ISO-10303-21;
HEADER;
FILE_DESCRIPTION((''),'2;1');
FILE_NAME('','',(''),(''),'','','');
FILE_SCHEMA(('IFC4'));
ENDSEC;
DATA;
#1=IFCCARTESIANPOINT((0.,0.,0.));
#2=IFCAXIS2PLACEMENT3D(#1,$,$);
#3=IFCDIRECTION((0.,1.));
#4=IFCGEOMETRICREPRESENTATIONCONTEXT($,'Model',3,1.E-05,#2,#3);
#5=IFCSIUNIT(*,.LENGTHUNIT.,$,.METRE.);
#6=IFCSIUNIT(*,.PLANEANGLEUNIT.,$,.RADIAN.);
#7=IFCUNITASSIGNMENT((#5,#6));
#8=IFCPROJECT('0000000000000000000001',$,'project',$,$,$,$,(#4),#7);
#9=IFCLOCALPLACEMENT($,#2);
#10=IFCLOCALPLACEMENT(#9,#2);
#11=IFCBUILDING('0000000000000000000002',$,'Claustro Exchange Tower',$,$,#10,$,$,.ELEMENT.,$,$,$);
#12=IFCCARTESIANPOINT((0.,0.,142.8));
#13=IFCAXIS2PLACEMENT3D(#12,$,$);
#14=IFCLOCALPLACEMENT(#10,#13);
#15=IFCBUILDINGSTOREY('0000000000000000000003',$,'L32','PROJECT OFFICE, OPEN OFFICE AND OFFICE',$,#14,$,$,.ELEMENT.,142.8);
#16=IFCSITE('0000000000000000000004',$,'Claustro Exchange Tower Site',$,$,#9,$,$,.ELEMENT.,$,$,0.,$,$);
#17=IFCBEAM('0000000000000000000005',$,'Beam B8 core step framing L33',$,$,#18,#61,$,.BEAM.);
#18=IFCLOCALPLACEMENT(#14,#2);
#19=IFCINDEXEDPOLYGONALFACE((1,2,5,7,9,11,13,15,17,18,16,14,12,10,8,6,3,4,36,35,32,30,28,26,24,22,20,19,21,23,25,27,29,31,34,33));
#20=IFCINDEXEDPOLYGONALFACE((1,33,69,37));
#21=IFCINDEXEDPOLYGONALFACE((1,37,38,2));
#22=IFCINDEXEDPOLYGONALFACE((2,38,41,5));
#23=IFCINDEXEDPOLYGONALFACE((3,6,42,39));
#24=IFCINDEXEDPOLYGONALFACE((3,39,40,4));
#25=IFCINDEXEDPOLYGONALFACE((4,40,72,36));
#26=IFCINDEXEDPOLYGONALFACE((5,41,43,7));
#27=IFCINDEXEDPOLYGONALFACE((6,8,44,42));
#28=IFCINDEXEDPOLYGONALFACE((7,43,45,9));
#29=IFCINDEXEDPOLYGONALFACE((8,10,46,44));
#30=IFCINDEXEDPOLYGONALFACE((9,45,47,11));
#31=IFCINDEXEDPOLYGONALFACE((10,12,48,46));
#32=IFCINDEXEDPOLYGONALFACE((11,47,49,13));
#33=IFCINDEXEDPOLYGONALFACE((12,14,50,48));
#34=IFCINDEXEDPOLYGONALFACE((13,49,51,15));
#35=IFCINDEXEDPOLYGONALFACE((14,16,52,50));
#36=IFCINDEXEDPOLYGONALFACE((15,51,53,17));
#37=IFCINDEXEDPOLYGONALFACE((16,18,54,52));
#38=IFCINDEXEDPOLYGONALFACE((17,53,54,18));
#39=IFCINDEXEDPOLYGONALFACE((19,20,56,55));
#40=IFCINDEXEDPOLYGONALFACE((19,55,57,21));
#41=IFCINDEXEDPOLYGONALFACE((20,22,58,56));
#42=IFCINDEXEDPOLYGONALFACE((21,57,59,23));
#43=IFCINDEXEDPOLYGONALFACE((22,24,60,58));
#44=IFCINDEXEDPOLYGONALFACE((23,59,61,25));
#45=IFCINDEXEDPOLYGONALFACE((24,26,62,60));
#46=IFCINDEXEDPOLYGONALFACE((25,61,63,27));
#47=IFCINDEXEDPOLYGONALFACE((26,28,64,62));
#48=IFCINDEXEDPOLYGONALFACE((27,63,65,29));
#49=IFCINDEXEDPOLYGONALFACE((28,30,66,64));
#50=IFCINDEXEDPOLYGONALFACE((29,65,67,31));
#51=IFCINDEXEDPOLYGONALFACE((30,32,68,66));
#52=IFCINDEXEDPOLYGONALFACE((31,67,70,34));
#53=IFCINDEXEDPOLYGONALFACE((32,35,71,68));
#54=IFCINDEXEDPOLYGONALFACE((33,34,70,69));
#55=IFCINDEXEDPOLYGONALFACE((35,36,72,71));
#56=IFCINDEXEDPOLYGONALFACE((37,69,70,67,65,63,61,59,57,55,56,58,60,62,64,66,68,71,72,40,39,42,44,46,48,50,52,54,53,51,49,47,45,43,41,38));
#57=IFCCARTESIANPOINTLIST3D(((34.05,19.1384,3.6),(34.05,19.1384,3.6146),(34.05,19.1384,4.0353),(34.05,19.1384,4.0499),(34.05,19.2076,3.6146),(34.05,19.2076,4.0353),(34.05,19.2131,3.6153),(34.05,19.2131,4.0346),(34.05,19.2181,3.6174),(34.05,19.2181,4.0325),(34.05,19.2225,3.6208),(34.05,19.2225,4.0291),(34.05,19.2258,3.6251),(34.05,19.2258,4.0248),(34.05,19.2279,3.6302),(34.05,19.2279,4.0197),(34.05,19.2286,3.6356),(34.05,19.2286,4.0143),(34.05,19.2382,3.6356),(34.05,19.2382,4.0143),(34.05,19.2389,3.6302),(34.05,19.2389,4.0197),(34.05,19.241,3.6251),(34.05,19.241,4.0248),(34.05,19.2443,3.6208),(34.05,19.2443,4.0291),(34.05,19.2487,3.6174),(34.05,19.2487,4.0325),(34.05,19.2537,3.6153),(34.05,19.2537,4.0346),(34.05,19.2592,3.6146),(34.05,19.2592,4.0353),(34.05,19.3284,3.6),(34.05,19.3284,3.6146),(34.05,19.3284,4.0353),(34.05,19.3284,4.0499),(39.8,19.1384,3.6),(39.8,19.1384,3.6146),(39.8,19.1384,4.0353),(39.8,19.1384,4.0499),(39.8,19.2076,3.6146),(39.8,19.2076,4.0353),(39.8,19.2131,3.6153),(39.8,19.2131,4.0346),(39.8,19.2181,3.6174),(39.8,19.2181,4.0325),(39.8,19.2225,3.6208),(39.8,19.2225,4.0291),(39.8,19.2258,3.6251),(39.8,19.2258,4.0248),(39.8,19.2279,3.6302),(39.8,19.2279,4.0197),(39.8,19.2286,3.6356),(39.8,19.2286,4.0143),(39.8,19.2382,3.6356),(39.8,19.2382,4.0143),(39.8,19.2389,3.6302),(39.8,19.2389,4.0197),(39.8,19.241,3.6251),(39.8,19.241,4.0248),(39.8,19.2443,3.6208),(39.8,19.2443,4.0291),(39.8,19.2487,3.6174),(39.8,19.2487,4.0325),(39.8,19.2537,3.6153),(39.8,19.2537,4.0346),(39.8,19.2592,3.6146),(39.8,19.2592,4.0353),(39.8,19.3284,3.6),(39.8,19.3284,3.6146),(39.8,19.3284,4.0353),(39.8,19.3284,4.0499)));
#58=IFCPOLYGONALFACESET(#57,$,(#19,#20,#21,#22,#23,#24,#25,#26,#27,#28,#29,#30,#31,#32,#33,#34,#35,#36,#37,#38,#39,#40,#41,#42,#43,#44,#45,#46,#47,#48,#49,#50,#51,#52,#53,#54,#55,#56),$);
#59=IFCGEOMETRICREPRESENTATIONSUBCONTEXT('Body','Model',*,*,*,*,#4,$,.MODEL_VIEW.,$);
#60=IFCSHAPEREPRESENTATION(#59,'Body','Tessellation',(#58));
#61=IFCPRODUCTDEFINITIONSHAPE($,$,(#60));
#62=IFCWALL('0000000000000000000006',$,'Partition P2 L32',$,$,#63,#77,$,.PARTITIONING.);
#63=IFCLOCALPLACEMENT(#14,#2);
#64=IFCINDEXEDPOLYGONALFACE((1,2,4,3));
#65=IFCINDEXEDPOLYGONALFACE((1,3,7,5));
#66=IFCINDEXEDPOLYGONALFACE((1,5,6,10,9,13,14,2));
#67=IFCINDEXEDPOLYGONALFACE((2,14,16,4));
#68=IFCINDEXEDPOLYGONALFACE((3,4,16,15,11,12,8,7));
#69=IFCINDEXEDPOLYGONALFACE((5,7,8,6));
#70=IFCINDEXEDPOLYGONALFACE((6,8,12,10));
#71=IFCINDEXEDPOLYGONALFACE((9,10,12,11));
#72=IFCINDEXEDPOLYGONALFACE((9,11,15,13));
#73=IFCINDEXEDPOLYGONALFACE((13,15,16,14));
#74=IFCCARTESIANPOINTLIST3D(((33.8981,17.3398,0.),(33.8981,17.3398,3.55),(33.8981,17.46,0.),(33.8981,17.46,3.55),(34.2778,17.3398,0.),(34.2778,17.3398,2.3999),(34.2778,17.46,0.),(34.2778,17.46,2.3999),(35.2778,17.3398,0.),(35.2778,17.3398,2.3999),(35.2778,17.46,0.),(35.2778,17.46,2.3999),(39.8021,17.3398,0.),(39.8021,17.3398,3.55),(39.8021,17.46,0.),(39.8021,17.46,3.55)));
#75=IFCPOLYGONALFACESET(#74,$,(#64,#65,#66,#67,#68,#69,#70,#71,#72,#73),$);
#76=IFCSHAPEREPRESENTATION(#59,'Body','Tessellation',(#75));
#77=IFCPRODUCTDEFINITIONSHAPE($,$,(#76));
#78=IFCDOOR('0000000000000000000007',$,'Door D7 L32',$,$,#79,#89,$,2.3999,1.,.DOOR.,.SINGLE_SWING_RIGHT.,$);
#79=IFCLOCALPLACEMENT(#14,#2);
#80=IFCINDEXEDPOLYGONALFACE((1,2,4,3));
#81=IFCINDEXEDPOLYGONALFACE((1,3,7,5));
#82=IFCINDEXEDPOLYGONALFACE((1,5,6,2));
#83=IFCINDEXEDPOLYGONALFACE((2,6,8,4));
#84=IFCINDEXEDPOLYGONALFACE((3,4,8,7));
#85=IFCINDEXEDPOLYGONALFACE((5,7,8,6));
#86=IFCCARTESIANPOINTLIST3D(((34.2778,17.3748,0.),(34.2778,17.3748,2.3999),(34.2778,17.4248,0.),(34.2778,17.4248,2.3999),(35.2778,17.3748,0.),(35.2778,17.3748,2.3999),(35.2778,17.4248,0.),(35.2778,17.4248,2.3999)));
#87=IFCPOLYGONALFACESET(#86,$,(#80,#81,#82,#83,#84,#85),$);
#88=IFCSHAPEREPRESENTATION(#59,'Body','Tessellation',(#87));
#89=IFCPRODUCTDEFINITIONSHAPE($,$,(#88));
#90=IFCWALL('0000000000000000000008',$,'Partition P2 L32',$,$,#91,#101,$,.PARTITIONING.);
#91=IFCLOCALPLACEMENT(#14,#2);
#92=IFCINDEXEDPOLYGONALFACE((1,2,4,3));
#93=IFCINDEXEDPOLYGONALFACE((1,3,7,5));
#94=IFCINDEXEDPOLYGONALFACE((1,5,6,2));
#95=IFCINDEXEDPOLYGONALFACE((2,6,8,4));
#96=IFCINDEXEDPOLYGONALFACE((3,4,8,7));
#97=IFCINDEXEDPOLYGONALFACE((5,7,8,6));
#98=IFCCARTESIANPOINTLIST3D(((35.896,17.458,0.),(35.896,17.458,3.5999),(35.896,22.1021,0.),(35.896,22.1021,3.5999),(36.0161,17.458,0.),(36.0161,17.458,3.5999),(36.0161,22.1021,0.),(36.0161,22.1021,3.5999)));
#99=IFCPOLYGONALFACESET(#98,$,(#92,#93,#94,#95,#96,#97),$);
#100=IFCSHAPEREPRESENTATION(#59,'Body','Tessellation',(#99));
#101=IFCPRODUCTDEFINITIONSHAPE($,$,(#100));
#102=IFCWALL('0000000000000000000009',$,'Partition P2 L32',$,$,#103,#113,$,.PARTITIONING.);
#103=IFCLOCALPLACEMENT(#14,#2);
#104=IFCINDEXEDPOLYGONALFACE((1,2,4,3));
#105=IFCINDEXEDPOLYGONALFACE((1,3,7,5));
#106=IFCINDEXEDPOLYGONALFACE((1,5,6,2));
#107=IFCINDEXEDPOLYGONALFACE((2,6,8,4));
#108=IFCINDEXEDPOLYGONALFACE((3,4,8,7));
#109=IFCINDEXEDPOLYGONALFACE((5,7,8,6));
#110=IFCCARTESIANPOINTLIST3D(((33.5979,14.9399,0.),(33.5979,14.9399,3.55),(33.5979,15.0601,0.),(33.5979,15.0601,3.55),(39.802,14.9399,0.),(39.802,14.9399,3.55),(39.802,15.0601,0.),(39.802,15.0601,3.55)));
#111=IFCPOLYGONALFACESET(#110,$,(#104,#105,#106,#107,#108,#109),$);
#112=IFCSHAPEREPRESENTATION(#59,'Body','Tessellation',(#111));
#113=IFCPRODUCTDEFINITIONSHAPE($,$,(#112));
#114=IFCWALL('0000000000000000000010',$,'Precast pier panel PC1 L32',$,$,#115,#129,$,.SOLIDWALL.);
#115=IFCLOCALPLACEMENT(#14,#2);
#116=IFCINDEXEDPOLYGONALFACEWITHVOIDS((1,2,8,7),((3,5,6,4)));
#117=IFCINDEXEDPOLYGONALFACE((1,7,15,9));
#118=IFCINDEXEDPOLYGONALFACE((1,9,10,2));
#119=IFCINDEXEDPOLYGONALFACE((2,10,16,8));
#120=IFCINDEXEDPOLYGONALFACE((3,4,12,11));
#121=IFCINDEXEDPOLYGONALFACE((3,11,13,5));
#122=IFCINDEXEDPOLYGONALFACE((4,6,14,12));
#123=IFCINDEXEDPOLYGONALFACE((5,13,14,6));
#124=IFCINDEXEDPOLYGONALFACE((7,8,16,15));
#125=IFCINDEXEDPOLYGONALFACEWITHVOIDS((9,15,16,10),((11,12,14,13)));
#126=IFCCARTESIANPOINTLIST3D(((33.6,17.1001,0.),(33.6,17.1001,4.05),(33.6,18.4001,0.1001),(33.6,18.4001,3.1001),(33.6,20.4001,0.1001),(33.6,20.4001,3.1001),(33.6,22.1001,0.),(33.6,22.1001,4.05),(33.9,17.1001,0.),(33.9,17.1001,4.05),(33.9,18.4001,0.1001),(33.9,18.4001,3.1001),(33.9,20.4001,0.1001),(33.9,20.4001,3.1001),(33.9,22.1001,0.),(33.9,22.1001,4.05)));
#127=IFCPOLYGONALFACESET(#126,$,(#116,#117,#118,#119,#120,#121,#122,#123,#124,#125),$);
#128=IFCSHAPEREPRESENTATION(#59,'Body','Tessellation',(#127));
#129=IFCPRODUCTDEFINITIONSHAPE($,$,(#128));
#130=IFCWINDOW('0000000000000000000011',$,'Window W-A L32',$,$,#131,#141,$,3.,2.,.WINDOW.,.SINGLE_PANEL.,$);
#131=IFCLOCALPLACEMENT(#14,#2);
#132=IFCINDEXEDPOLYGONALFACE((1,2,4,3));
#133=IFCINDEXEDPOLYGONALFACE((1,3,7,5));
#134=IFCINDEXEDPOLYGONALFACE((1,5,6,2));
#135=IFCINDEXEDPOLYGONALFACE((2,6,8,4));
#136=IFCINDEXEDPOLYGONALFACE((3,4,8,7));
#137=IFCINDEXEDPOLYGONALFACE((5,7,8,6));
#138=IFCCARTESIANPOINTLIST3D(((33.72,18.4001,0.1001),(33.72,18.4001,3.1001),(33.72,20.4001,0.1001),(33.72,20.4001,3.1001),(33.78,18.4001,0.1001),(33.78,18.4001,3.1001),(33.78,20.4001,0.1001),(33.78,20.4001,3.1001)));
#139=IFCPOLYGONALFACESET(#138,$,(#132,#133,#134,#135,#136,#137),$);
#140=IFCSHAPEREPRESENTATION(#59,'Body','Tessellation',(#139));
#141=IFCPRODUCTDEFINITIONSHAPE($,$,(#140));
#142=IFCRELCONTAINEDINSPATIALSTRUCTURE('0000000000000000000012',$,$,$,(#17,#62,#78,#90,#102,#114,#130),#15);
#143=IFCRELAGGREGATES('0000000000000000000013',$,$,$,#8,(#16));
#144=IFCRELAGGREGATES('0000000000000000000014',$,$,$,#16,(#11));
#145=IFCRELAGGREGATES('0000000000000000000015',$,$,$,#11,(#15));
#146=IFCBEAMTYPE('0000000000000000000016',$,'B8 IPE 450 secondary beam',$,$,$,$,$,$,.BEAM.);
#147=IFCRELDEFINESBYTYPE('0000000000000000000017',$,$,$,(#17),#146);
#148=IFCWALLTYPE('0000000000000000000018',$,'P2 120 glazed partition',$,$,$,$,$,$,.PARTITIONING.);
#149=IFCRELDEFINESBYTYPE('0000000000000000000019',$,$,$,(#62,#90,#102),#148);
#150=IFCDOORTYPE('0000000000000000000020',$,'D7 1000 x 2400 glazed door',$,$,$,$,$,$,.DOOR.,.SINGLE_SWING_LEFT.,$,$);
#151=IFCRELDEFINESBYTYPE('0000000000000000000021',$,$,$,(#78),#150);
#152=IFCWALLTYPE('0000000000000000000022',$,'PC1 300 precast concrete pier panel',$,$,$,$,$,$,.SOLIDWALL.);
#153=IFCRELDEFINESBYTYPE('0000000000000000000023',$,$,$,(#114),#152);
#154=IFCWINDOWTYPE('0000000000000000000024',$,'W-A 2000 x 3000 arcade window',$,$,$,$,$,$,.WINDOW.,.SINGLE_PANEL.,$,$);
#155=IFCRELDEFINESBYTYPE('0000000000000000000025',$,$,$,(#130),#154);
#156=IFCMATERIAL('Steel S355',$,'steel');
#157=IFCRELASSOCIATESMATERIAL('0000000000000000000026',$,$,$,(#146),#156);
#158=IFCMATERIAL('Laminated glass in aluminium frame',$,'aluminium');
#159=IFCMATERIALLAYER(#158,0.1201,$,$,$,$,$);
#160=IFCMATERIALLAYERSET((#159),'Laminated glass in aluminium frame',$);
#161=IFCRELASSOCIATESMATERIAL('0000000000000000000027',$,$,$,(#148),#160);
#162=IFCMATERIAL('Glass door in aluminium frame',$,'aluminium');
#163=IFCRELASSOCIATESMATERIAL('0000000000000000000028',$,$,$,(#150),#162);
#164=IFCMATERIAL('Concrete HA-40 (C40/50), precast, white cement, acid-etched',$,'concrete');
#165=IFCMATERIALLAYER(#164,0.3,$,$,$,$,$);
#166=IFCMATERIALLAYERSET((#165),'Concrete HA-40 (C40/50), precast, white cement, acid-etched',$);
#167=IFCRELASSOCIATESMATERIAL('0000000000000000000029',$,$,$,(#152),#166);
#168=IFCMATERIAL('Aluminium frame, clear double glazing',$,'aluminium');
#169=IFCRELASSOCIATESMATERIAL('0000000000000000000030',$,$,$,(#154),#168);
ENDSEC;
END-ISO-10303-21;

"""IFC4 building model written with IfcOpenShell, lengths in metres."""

from ifc_helpers import new_model, si_unit, direction, frame, frame_2d, origin, origin_2d, place, context, subcontext, project, spatial, rectangle, i_section, extrude, material, layer, layer_set, material_profile, profile_set, type_object, element, fill, save


model = new_model("IFC4")

# Units and contexts
model_context = context("Model", 3, precision=1e-05, world=origin(), true_north=direction((0.0, 1.0)))
body_context = subcontext(model_context, "Body", "Model", "MODEL_VIEW")
ifc_project = project(units=[si_unit("LENGTHUNIT", "METRE"), si_unit("PLANEANGLEUNIT", "RADIAN")], contexts=[model_context])

# Site, building, storey
site_placement = place(None, origin())
site = spatial("IfcSite", under=ifc_project, at=site_placement, Name="Claustro Exchange Tower Site", CompositionType="ELEMENT", RefElevation=0.0)
building_placement = place(site_placement, origin())
building = spatial("IfcBuilding", under=site, at=building_placement, Name="Claustro Exchange Tower", CompositionType="ELEMENT")
storey_placement = place(building_placement, frame((0.0, 0.0, 142.8)))
storey = spatial("IfcBuildingStorey", under=building, at=storey_placement, Name="L32", Description="PROJECT OFFICE, OPEN OFFICE AND OFFICE", CompositionType="ELEMENT", Elevation=142.8)

# Beam
ifc_material_1 = material(Name="Steel S355", Category="steel")
ifc_material_profile_1 = material_profile(ifc_material_1, i_section(OverallWidth=0.1899, OverallDepth=0.45, WebThickness=0.0095, FlangeThickness=0.0146, FilletRadius=0.021, at=origin_2d()), Name="IPE 450")
ifc_profile_set_1 = profile_set([ifc_material_profile_1], Name="Steel S355")
beam_type_1 = type_object("IfcBeamType", Name="B8 IPE 450 secondary beam", PredefinedType="BEAM", material=ifc_profile_set_1)
for number, where, z_axis, x_axis, name in (
    (1, (34.05, 19.2334, 3.825), (1.0, 0.0, 0.0), (0.0, 1.0, 0.0), "Beam B8 core step framing L33"),
):
    element("IfcBeam", number, at=place(storey_placement, frame(where, z_axis=z_axis, x_axis=x_axis)), inside=storey, type_object=beam_type_1, Name=name, PredefinedType="BEAM", context=body_context, shape_type="SweptSolid", body=[
        extrude(i_section(OverallWidth=0.1899, OverallDepth=0.45, WebThickness=0.0095, FlangeThickness=0.0146, FilletRadius=0.021, at=origin_2d()), origin(), (0.0, 0.0, 1.0), 5.75),
    ])

# Wall, opening, door
ifc_material_2 = material(Name="Laminated glass in aluminium frame", Category="aluminium")
ifc_layer_1 = layer(ifc_material_2, 0.1201)
ifc_layer_set_1 = layer_set([ifc_layer_1], Name="Laminated glass in aluminium frame")
wall_type_1 = type_object("IfcWallType", Name="P2 120 glazed partition", PredefinedType="PARTITIONING", material=ifc_layer_set_1)
wall_1_placement = place(storey_placement, frame((33.8979, 17.3999, 0.0), z_axis=(0.0, 0.0, 1.0), x_axis=(1.0, 0.0, 0.0)))
wall_1 = element("IfcWall", 2, at=wall_1_placement, inside=storey, type_object=wall_type_1, Name="Partition P2 L32", PredefinedType="PARTITIONING", context=body_context, shape_type="SweptSolid", body=[
    extrude(rectangle(XDim=5.9041, YDim=0.1201, at=frame_2d((2.9521, 0.0))), origin(), (0.0, 0.0, 1.0), 3.55),
])
opening_1_placement = place(wall_1_placement, frame((0.3799, 0.0, 0.0)))
opening_1 = element("IfcOpeningElement", 3, at=opening_1_placement, cuts=wall_1, PredefinedType="OPENING", context=body_context, shape_type="SweptSolid", body=[
    extrude(rectangle(XDim=1.0, YDim=2.3999, at=frame_2d((0.5, 1.2))), frame((0.0, 0.0701, 0.0), z_axis=(0.0, -1.0, 0.0), x_axis=(1.0, 0.0, 0.0)), (0.0, 0.0, 1.0), 0.1401),
])
ifc_material_3 = material(Name="Glass door in aluminium frame", Category="aluminium")
door_type_1 = type_object("IfcDoorType", Name="D7 1000 x 2400 glazed door", OperationType="SINGLE_SWING_LEFT", PredefinedType="DOOR", material=ifc_material_3)
door_1_placement = place(opening_1_placement, origin())
door_1 = element("IfcDoor", 4, at=door_1_placement, inside=storey, type_object=door_type_1, Name="Door D7 L32", OperationType="SINGLE_SWING_RIGHT", OverallHeight=2.3999, OverallWidth=1.0, PredefinedType="DOOR", context=body_context, shape_type="SweptSolid", body=[
    extrude(rectangle(XDim=1.0, YDim=2.3999, at=frame_2d((0.5, 1.2))), frame((0.0, 0.0249, 0.0), z_axis=(0.0, -1.0, 0.0), x_axis=(1.0, 0.0, 0.0)), (0.0, 0.0, 1.0), 0.05),
])
fill(opening_1, door_1)

# Walls
wall_2_placement = place(storey_placement, frame((35.9561, 17.458, 0.0), z_axis=(0.0, 0.0, 1.0), x_axis=(0.0, 1.0, 0.0)))
element("IfcWall", 5, at=wall_2_placement, inside=storey, type_object=wall_type_1, Name="Partition P2 L32", PredefinedType="PARTITIONING", context=body_context, shape_type="SweptSolid", body=[
    extrude(rectangle(XDim=4.644, YDim=0.1201, at=frame_2d((2.322, 0.0))), origin(), (0.0, 0.0, 1.0), 3.5999),
])
wall_3_placement = place(storey_placement, frame((33.5979, 15.0, 0.0), z_axis=(0.0, 0.0, 1.0), x_axis=(1.0, 0.0, 0.0)))
element("IfcWall", 6, at=wall_3_placement, inside=storey, type_object=wall_type_1, Name="Partition P2 L32", PredefinedType="PARTITIONING", context=body_context, shape_type="SweptSolid", body=[
    extrude(rectangle(XDim=6.2041, YDim=0.1201, at=frame_2d((3.1021, 0.0))), origin(), (0.0, 0.0, 1.0), 3.55),
])

# Wall, opening, window
ifc_material_4 = material(Name="Concrete HA-40 (C40/50), precast, white cement, acid-etched", Category="concrete")
ifc_layer_2 = layer(ifc_material_4, 0.3)
ifc_layer_set_2 = layer_set([ifc_layer_2], Name="Concrete HA-40 (C40/50), precast, white cement, acid-etched")
wall_type_2 = type_object("IfcWallType", Name="PC1 300 precast concrete pier panel", PredefinedType="SOLIDWALL", material=ifc_layer_set_2)
wall_4_placement = place(storey_placement, frame((33.75, 17.1001, 0.0), z_axis=(0.0, 0.0, 1.0), x_axis=(0.0, 1.0, 0.0)))
wall_4 = element("IfcWall", 7, at=wall_4_placement, inside=storey, type_object=wall_type_2, Name="Precast pier panel PC1 L32", PredefinedType="SOLIDWALL", context=body_context, shape_type="SweptSolid", body=[
    extrude(rectangle(XDim=5.0, YDim=0.3, at=frame_2d((2.5, 0.0))), origin(), (0.0, 0.0, 1.0), 4.05),
])
opening_2_placement = place(wall_4_placement, frame((1.3, 0.0, 0.1001)))
opening_2 = element("IfcOpeningElement", 8, at=opening_2_placement, cuts=wall_4, PredefinedType="OPENING", context=body_context, shape_type="SweptSolid", body=[
    extrude(rectangle(XDim=2.0, YDim=3.0, at=frame_2d((1.0, 1.5))), frame((0.0, 0.1599, 0.0), z_axis=(0.0, -1.0, 0.0), x_axis=(1.0, 0.0, 0.0)), (0.0, 0.0, 1.0), 0.3201),
])
ifc_material_5 = material(Name="Aluminium frame, clear double glazing", Category="aluminium")
window_type = type_object("IfcWindowType", Name="W-A 2000 x 3000 arcade window", PartitioningType="SINGLE_PANEL", PredefinedType="WINDOW", material=ifc_material_5)
window_1_placement = place(opening_2_placement, origin())
window_1 = element("IfcWindow", 9, at=window_1_placement, inside=storey, type_object=window_type, Name="Window W-A L32", OverallHeight=3.0, OverallWidth=2.0, PartitioningType="SINGLE_PANEL", PredefinedType="WINDOW", context=body_context, shape_type="SweptSolid", body=[
    extrude(rectangle(XDim=2.0, YDim=3.0, at=frame_2d((1.0, 1.5))), frame((0.0, 0.03, 0.0), z_axis=(0.0, -1.0, 0.0), x_axis=(1.0, 0.0, 0.0)), (0.0, 0.0, 1.0), 0.0601),
])
fill(opening_2, window_1)

save(model, "model.ifc")
